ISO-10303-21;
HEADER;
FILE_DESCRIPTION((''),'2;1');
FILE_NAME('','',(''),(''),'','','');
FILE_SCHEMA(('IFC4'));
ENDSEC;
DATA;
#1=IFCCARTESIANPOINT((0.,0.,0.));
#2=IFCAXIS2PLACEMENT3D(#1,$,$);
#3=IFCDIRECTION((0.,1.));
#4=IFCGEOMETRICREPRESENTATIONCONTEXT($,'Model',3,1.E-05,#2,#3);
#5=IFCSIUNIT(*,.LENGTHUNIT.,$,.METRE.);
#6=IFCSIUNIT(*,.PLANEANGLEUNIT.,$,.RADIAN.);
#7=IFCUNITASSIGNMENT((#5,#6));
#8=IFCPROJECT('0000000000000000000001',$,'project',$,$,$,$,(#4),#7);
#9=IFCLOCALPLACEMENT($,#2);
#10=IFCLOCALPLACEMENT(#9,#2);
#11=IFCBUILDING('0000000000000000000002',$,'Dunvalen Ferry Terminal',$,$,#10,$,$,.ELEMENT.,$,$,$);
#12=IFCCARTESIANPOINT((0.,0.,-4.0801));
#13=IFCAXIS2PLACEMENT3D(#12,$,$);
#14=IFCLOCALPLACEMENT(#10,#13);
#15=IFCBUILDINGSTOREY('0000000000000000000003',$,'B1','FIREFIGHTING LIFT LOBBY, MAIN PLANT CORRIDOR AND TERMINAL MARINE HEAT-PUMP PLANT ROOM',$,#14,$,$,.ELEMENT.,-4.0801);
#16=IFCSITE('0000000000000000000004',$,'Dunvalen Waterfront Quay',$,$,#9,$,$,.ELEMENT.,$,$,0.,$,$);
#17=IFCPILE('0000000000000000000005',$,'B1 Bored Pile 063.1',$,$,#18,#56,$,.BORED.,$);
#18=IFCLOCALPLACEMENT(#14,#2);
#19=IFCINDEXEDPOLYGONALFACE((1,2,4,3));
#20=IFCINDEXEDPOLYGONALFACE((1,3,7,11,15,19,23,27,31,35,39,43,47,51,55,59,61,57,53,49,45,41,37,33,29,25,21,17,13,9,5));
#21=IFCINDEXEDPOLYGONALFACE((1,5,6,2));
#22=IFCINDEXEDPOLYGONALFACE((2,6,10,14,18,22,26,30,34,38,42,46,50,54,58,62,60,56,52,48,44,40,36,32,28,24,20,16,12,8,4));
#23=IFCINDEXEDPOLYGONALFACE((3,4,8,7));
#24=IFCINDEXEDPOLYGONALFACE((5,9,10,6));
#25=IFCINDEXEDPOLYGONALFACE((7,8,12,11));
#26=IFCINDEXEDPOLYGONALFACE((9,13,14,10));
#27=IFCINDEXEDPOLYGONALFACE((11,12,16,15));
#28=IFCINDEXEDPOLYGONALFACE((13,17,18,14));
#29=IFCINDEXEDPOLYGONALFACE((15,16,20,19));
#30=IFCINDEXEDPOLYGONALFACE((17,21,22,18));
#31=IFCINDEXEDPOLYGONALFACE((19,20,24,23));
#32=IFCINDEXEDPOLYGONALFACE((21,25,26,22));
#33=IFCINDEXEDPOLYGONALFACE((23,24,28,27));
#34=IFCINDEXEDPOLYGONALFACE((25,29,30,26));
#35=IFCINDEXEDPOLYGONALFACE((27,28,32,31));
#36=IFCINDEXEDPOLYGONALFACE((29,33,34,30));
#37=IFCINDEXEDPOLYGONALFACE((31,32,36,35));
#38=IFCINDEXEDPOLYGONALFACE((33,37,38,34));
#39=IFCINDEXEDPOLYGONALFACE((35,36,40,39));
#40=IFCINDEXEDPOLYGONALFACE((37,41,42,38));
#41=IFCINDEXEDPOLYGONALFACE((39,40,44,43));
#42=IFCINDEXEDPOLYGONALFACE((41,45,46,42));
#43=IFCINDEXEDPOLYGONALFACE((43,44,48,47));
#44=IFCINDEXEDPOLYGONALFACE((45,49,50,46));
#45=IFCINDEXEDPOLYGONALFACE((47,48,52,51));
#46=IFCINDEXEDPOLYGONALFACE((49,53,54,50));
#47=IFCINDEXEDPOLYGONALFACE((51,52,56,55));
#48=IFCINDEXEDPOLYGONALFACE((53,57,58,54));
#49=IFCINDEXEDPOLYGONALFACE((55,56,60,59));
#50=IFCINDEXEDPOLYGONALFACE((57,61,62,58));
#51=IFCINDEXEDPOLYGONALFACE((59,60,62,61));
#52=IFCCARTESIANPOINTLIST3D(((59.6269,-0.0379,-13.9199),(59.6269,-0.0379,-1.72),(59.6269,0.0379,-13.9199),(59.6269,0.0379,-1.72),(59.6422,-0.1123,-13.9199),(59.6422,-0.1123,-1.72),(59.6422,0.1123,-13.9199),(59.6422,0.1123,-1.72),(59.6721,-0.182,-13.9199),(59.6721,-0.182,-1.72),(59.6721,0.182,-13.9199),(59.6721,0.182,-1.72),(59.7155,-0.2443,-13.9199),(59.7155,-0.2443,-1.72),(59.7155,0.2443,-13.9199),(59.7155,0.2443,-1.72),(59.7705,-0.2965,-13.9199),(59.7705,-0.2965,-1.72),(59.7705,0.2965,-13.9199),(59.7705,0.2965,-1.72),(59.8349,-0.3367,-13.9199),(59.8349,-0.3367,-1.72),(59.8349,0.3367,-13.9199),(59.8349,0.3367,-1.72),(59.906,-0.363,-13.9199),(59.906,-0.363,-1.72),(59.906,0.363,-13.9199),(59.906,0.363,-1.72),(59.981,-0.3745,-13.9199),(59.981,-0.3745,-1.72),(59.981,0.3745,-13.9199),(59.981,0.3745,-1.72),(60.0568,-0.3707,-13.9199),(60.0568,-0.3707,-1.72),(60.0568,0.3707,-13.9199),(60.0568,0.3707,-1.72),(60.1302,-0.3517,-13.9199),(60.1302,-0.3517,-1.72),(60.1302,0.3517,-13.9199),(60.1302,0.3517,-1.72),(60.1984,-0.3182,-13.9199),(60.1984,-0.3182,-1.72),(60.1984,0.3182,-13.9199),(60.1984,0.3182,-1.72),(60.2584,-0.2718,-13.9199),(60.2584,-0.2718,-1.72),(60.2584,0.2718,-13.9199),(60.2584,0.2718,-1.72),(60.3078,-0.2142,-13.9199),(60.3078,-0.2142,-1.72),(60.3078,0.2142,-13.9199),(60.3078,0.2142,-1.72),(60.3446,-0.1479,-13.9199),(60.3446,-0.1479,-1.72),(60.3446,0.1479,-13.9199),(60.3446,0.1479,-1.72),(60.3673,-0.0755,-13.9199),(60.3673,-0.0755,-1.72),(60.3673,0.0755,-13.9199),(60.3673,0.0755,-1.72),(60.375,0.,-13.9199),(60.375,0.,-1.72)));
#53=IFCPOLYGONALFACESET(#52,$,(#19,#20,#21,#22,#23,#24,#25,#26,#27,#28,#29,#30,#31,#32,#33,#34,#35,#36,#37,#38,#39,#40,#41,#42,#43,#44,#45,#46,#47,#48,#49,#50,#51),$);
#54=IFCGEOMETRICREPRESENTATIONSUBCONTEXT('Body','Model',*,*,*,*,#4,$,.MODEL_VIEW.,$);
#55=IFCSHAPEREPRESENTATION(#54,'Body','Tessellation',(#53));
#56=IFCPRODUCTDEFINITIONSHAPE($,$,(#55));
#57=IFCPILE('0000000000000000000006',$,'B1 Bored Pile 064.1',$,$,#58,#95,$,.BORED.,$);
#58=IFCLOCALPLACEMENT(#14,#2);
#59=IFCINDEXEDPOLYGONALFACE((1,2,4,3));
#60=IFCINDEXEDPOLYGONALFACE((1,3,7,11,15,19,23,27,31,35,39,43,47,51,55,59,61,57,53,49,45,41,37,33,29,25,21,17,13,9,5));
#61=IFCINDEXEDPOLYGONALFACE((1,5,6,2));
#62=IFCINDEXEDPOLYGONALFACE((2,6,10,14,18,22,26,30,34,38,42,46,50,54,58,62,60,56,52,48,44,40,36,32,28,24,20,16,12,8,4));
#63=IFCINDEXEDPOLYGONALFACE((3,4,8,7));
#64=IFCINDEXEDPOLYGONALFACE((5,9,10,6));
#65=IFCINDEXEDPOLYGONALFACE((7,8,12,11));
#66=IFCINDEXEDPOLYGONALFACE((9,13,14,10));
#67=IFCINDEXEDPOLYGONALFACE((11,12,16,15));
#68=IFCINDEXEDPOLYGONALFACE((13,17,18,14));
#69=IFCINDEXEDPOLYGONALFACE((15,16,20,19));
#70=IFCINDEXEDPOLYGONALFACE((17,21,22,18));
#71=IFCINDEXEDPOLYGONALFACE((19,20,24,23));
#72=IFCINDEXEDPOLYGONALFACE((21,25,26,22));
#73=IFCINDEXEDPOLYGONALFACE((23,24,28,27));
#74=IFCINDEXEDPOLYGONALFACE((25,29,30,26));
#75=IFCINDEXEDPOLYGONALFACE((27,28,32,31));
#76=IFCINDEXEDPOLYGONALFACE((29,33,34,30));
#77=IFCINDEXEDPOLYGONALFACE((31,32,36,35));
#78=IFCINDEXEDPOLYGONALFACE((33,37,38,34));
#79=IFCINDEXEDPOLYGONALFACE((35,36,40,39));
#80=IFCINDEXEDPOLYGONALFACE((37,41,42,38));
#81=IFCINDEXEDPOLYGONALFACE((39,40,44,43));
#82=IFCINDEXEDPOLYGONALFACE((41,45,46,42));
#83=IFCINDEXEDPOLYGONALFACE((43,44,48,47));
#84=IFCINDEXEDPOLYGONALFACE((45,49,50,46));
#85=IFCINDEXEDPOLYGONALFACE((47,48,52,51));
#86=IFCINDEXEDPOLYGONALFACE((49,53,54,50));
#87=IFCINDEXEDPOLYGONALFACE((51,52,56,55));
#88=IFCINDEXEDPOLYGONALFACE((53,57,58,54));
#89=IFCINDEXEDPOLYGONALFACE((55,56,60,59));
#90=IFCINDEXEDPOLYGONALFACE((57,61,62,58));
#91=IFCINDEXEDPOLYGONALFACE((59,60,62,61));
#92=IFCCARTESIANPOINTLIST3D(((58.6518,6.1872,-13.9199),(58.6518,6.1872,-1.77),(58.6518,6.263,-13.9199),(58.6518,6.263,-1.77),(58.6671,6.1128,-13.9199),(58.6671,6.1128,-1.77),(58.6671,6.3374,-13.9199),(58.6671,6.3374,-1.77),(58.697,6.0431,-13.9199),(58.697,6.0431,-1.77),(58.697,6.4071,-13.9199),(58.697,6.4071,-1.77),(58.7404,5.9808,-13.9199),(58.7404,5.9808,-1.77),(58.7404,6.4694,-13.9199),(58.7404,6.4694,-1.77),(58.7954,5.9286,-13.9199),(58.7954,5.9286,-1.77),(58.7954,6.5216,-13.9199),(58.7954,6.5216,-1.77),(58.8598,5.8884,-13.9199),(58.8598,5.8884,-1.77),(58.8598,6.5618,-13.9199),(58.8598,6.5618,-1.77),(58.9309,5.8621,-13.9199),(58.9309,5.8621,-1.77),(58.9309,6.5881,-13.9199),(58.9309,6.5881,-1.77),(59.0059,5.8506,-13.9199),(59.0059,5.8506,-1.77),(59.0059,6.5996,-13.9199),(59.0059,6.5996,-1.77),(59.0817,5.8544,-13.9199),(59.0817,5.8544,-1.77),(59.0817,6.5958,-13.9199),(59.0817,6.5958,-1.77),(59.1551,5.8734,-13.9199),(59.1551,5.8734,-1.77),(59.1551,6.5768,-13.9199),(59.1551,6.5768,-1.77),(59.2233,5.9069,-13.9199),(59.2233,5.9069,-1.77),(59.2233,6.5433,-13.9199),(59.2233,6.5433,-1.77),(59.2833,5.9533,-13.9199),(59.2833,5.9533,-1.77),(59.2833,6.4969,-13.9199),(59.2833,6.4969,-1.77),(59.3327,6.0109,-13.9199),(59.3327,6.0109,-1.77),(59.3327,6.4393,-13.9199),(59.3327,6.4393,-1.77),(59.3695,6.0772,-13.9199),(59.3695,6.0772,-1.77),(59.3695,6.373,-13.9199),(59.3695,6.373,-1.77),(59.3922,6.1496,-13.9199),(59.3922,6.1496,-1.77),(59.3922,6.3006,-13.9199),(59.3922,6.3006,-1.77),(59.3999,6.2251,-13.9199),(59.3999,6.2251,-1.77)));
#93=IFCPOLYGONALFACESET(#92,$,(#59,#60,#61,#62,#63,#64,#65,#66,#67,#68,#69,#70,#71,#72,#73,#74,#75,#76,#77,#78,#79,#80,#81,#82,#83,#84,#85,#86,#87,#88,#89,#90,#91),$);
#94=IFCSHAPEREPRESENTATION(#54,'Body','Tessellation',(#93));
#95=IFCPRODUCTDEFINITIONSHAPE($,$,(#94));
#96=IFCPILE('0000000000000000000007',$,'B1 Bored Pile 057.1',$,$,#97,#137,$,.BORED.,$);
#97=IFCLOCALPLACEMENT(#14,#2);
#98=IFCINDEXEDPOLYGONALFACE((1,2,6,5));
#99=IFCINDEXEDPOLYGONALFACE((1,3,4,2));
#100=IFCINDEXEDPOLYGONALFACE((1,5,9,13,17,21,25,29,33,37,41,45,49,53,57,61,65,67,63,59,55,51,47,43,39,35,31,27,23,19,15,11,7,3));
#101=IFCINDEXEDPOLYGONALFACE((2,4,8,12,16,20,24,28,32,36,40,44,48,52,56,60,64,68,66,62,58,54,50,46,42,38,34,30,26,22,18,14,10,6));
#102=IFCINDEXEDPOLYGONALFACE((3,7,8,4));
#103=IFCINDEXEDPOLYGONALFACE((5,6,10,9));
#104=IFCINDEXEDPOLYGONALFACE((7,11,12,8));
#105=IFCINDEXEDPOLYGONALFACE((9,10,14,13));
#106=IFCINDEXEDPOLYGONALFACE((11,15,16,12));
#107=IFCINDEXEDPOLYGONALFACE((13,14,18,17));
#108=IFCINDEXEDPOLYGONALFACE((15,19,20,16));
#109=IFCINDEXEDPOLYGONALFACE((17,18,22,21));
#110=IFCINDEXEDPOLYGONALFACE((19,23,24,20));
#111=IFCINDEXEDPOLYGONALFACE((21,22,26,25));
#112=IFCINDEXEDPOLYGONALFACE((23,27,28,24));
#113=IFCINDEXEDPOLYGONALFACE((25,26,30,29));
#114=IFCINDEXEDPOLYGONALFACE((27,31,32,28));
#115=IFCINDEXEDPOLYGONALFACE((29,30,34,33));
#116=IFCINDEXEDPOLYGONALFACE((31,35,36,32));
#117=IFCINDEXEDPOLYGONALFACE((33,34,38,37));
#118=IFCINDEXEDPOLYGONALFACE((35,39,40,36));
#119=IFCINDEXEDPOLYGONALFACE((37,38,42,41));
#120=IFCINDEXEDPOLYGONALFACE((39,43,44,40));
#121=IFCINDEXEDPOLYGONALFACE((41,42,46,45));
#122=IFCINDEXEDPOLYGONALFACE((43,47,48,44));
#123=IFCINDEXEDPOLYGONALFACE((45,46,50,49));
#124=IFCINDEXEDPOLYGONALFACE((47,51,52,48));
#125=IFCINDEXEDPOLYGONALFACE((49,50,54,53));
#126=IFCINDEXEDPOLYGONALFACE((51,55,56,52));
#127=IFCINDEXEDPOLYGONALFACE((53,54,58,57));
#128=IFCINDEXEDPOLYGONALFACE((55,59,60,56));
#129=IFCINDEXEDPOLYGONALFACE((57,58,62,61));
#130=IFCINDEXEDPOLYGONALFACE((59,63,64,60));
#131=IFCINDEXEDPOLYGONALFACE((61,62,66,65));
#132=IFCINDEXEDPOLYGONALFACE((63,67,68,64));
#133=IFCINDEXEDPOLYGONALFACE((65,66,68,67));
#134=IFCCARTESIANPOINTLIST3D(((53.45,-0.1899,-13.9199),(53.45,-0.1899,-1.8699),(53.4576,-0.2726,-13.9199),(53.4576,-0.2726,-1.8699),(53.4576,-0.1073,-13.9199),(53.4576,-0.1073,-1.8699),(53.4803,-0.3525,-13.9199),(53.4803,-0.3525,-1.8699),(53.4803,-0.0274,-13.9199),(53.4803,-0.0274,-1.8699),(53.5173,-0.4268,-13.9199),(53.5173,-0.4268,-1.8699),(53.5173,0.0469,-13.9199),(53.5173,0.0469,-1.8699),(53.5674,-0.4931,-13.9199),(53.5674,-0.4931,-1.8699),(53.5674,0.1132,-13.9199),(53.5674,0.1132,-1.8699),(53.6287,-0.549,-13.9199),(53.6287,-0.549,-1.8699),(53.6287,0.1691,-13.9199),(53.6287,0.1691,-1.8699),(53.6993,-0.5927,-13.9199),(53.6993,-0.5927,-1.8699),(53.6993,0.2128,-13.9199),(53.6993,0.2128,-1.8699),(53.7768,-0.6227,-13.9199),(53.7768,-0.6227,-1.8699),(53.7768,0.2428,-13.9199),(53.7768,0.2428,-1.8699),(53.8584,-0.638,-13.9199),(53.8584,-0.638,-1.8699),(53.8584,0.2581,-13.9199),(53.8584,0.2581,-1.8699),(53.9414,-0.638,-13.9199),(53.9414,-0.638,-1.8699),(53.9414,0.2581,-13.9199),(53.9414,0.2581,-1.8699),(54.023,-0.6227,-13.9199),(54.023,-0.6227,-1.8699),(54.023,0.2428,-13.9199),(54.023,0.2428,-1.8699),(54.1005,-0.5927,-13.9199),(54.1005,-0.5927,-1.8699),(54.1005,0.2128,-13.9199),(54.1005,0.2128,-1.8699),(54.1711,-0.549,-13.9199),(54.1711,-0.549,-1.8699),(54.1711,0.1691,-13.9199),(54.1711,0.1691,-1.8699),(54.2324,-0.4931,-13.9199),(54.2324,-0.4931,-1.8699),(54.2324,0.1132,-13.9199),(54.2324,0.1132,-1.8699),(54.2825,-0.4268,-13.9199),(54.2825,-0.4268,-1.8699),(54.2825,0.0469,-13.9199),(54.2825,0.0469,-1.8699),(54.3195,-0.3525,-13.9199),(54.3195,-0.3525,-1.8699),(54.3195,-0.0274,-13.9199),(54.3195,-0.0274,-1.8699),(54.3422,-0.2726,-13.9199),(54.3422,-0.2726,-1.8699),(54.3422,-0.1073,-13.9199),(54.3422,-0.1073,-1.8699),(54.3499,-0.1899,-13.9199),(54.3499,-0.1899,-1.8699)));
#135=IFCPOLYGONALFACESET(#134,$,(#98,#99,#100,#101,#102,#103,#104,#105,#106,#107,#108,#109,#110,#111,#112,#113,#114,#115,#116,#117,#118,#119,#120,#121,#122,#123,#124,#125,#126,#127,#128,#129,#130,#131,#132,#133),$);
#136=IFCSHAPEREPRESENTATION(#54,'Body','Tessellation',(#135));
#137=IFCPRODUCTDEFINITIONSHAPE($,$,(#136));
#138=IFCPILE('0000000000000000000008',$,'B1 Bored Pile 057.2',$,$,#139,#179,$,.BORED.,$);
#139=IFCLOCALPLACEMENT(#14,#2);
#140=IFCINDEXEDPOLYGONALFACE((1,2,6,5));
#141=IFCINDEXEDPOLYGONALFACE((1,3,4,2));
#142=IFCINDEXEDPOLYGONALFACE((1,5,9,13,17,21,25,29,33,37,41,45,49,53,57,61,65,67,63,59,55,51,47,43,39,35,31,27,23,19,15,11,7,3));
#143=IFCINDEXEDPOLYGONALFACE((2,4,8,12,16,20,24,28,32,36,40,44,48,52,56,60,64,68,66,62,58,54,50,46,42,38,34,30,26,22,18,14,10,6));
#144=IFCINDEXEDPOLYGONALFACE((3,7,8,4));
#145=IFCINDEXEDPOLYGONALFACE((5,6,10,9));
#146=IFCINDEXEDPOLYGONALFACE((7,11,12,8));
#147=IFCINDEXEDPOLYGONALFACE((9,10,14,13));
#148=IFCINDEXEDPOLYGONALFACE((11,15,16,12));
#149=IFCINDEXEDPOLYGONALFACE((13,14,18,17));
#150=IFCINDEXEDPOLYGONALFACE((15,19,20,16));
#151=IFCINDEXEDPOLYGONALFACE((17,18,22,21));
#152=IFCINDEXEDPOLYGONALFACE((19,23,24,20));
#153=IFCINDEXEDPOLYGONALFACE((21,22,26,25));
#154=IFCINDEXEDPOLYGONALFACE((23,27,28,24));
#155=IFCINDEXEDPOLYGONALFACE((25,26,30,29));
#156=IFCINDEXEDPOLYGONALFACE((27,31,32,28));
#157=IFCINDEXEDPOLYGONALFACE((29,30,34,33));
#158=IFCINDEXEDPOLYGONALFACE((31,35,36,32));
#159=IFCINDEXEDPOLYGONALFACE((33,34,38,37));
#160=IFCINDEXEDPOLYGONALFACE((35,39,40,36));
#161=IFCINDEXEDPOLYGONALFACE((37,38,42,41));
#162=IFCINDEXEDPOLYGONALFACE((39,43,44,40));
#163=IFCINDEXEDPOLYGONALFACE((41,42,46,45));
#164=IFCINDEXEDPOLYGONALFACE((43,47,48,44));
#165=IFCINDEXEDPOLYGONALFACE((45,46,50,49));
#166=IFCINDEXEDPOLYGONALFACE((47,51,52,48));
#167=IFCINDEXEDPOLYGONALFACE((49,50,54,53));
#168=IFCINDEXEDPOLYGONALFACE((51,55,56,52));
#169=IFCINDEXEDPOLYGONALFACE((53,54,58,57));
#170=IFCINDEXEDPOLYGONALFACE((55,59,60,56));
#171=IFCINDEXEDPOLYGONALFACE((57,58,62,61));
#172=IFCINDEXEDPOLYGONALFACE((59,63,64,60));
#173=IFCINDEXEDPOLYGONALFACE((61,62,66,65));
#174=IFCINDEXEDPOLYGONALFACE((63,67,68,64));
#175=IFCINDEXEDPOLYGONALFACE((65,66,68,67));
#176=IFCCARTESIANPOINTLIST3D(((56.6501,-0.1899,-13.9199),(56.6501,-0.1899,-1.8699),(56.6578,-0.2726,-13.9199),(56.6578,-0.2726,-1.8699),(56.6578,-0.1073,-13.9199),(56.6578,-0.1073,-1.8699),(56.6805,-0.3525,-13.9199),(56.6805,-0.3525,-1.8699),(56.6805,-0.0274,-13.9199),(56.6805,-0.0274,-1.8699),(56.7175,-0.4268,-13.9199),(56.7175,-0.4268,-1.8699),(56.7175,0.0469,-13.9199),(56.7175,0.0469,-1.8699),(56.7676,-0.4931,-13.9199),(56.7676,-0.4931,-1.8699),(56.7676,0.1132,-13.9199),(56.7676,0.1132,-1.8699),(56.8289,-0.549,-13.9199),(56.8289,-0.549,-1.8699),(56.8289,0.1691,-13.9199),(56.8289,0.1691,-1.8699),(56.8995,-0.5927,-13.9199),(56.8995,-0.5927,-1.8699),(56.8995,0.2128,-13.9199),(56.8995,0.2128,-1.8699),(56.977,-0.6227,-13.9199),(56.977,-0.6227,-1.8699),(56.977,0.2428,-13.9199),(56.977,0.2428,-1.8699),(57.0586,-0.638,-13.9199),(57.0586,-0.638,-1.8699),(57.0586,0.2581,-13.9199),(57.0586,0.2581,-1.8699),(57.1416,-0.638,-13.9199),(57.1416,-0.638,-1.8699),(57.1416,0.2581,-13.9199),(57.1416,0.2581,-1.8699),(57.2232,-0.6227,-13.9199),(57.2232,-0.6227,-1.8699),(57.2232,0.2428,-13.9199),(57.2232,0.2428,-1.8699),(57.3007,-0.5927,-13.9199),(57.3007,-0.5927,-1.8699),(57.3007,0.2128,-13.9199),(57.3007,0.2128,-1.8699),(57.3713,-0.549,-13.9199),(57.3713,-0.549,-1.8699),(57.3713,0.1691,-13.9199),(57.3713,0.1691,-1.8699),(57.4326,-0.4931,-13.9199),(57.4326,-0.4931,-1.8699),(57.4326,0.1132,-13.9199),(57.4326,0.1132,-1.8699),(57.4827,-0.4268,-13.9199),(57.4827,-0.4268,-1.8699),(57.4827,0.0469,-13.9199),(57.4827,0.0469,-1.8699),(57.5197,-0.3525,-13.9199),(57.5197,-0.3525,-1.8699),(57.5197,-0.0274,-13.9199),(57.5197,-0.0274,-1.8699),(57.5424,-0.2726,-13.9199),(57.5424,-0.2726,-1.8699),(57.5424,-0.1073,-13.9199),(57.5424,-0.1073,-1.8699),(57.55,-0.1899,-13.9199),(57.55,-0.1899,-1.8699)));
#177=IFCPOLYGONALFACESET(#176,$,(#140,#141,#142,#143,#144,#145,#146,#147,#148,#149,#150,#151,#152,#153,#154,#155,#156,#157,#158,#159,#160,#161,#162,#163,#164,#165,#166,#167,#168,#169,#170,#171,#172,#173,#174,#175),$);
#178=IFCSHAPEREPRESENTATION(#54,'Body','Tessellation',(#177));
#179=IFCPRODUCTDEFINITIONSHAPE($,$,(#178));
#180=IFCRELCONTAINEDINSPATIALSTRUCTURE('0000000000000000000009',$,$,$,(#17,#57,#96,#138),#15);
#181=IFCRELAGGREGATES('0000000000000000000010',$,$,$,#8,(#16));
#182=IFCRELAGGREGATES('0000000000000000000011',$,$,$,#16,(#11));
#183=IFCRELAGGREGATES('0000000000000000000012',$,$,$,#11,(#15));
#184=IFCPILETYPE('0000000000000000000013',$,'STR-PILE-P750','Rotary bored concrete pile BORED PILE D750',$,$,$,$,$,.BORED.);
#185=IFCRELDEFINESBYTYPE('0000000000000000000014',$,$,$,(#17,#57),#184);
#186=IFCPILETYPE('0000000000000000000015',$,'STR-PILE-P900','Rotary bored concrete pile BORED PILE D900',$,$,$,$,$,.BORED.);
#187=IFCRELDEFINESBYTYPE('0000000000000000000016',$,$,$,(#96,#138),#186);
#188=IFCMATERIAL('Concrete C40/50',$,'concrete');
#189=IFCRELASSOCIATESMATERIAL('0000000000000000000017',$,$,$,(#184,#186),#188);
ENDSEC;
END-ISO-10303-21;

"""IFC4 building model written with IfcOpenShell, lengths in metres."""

from ifc_helpers import new_model, si_unit, direction, frame, origin, origin_2d, place, context, subcontext, project, spatial, circle, extrude, material, material_profile, profile_set, type_object, element, save


model = new_model("IFC4")

# Units and contexts
model_context = context("Model", 3, precision=1e-05, world=origin(), true_north=direction((0.0, 1.0)))
body_context = subcontext(model_context, "Body", "Model", "MODEL_VIEW")
ifc_project = project(units=[si_unit("LENGTHUNIT", "METRE"), si_unit("PLANEANGLEUNIT", "RADIAN")], contexts=[model_context])

# Site, building, storey
site_placement = place(None, origin())
site = spatial("IfcSite", under=ifc_project, at=site_placement, Name="Dunvalen Waterfront Quay", CompositionType="ELEMENT", RefElevation=0.0)
building_placement = place(site_placement, origin())
building = spatial("IfcBuilding", under=site, at=building_placement, Name="Dunvalen Ferry Terminal", CompositionType="ELEMENT")
storey_placement = place(building_placement, frame((0.0, 0.0, -4.0801)))
storey = spatial("IfcBuildingStorey", under=building, at=storey_placement, Name="B1", Description="FIREFIGHTING LIFT LOBBY, MAIN PLANT CORRIDOR AND TERMINAL MARINE HEAT-PUMP PLANT ROOM", CompositionType="ELEMENT", Elevation=-4.0801)

# Shared definitions
ifc_material_1 = material(Name="Concrete C40/50", Category="concrete")

# Piles
ifc_material_profile_1 = material_profile(ifc_material_1, circle(Radius=0.375, at=origin_2d()), Name="Concrete C40/50")
ifc_profile_set_1 = profile_set([ifc_material_profile_1], Name="Concrete C40/50")
pile_type_1 = type_object("IfcPileType", Name="STR-PILE-P750", Description="Rotary bored concrete pile BORED PILE D750", PredefinedType="BORED", material=ifc_profile_set_1)
pile_1_placement = place(storey_placement, frame((60.0, 0.0, -1.72), z_axis=(0.0, 0.0, -1.0), x_axis=(1.0, 0.0, 0.0)))
element("IfcPile", 1, at=pile_1_placement, inside=storey, type_object=pile_type_1, Name="B1 Bored Pile 063.1", PredefinedType="BORED", context=body_context, shape_type="SweptSolid", body=[
    extrude(circle(Radius=0.375, at=origin_2d()), origin(), (0.0, 0.0, 1.0), 12.2),
])
pile_2_placement = place(storey_placement, frame((59.0249, 6.2251, -1.77), z_axis=(0.0, 0.0, -1.0), x_axis=(1.0, 0.0, 0.0)))
element("IfcPile", 2, at=pile_2_placement, inside=storey, type_object=pile_type_1, Name="B1 Bored Pile 064.1", PredefinedType="BORED", context=body_context, shape_type="SweptSolid", body=[
    extrude(circle(Radius=0.375, at=origin_2d()), origin(), (0.0, 0.0, 1.0), 12.1499),
])
ifc_material_profile_2 = material_profile(ifc_material_1, circle(Radius=0.45, at=origin_2d()), Name="Concrete C40/50")
ifc_profile_set_2 = profile_set([ifc_material_profile_2], Name="Concrete C40/50")
pile_type_2 = type_object("IfcPileType", Name="STR-PILE-P900", Description="Rotary bored concrete pile BORED PILE D900", PredefinedType="BORED", material=ifc_profile_set_2)
for number, where, z_axis, x_axis, name in (
    (3, (53.8999, -0.1899, -1.8699), (0.0, 0.0, -1.0), (1.0, 0.0, 0.0), "B1 Bored Pile 057.1"),
    (4, (57.1001, -0.1899, -1.8699), (0.0, 0.0, -1.0), (1.0, 0.0, 0.0), "B1 Bored Pile 057.2"),
):
    element("IfcPile", number, at=place(storey_placement, frame(where, z_axis=z_axis, x_axis=x_axis)), inside=storey, type_object=pile_type_2, Name=name, PredefinedType="BORED", context=body_context, shape_type="SweptSolid", body=[
        extrude(circle(Radius=0.45, at=origin_2d()), origin(), (0.0, 0.0, 1.0), 12.05),
    ])

save(model, "model.ifc")
